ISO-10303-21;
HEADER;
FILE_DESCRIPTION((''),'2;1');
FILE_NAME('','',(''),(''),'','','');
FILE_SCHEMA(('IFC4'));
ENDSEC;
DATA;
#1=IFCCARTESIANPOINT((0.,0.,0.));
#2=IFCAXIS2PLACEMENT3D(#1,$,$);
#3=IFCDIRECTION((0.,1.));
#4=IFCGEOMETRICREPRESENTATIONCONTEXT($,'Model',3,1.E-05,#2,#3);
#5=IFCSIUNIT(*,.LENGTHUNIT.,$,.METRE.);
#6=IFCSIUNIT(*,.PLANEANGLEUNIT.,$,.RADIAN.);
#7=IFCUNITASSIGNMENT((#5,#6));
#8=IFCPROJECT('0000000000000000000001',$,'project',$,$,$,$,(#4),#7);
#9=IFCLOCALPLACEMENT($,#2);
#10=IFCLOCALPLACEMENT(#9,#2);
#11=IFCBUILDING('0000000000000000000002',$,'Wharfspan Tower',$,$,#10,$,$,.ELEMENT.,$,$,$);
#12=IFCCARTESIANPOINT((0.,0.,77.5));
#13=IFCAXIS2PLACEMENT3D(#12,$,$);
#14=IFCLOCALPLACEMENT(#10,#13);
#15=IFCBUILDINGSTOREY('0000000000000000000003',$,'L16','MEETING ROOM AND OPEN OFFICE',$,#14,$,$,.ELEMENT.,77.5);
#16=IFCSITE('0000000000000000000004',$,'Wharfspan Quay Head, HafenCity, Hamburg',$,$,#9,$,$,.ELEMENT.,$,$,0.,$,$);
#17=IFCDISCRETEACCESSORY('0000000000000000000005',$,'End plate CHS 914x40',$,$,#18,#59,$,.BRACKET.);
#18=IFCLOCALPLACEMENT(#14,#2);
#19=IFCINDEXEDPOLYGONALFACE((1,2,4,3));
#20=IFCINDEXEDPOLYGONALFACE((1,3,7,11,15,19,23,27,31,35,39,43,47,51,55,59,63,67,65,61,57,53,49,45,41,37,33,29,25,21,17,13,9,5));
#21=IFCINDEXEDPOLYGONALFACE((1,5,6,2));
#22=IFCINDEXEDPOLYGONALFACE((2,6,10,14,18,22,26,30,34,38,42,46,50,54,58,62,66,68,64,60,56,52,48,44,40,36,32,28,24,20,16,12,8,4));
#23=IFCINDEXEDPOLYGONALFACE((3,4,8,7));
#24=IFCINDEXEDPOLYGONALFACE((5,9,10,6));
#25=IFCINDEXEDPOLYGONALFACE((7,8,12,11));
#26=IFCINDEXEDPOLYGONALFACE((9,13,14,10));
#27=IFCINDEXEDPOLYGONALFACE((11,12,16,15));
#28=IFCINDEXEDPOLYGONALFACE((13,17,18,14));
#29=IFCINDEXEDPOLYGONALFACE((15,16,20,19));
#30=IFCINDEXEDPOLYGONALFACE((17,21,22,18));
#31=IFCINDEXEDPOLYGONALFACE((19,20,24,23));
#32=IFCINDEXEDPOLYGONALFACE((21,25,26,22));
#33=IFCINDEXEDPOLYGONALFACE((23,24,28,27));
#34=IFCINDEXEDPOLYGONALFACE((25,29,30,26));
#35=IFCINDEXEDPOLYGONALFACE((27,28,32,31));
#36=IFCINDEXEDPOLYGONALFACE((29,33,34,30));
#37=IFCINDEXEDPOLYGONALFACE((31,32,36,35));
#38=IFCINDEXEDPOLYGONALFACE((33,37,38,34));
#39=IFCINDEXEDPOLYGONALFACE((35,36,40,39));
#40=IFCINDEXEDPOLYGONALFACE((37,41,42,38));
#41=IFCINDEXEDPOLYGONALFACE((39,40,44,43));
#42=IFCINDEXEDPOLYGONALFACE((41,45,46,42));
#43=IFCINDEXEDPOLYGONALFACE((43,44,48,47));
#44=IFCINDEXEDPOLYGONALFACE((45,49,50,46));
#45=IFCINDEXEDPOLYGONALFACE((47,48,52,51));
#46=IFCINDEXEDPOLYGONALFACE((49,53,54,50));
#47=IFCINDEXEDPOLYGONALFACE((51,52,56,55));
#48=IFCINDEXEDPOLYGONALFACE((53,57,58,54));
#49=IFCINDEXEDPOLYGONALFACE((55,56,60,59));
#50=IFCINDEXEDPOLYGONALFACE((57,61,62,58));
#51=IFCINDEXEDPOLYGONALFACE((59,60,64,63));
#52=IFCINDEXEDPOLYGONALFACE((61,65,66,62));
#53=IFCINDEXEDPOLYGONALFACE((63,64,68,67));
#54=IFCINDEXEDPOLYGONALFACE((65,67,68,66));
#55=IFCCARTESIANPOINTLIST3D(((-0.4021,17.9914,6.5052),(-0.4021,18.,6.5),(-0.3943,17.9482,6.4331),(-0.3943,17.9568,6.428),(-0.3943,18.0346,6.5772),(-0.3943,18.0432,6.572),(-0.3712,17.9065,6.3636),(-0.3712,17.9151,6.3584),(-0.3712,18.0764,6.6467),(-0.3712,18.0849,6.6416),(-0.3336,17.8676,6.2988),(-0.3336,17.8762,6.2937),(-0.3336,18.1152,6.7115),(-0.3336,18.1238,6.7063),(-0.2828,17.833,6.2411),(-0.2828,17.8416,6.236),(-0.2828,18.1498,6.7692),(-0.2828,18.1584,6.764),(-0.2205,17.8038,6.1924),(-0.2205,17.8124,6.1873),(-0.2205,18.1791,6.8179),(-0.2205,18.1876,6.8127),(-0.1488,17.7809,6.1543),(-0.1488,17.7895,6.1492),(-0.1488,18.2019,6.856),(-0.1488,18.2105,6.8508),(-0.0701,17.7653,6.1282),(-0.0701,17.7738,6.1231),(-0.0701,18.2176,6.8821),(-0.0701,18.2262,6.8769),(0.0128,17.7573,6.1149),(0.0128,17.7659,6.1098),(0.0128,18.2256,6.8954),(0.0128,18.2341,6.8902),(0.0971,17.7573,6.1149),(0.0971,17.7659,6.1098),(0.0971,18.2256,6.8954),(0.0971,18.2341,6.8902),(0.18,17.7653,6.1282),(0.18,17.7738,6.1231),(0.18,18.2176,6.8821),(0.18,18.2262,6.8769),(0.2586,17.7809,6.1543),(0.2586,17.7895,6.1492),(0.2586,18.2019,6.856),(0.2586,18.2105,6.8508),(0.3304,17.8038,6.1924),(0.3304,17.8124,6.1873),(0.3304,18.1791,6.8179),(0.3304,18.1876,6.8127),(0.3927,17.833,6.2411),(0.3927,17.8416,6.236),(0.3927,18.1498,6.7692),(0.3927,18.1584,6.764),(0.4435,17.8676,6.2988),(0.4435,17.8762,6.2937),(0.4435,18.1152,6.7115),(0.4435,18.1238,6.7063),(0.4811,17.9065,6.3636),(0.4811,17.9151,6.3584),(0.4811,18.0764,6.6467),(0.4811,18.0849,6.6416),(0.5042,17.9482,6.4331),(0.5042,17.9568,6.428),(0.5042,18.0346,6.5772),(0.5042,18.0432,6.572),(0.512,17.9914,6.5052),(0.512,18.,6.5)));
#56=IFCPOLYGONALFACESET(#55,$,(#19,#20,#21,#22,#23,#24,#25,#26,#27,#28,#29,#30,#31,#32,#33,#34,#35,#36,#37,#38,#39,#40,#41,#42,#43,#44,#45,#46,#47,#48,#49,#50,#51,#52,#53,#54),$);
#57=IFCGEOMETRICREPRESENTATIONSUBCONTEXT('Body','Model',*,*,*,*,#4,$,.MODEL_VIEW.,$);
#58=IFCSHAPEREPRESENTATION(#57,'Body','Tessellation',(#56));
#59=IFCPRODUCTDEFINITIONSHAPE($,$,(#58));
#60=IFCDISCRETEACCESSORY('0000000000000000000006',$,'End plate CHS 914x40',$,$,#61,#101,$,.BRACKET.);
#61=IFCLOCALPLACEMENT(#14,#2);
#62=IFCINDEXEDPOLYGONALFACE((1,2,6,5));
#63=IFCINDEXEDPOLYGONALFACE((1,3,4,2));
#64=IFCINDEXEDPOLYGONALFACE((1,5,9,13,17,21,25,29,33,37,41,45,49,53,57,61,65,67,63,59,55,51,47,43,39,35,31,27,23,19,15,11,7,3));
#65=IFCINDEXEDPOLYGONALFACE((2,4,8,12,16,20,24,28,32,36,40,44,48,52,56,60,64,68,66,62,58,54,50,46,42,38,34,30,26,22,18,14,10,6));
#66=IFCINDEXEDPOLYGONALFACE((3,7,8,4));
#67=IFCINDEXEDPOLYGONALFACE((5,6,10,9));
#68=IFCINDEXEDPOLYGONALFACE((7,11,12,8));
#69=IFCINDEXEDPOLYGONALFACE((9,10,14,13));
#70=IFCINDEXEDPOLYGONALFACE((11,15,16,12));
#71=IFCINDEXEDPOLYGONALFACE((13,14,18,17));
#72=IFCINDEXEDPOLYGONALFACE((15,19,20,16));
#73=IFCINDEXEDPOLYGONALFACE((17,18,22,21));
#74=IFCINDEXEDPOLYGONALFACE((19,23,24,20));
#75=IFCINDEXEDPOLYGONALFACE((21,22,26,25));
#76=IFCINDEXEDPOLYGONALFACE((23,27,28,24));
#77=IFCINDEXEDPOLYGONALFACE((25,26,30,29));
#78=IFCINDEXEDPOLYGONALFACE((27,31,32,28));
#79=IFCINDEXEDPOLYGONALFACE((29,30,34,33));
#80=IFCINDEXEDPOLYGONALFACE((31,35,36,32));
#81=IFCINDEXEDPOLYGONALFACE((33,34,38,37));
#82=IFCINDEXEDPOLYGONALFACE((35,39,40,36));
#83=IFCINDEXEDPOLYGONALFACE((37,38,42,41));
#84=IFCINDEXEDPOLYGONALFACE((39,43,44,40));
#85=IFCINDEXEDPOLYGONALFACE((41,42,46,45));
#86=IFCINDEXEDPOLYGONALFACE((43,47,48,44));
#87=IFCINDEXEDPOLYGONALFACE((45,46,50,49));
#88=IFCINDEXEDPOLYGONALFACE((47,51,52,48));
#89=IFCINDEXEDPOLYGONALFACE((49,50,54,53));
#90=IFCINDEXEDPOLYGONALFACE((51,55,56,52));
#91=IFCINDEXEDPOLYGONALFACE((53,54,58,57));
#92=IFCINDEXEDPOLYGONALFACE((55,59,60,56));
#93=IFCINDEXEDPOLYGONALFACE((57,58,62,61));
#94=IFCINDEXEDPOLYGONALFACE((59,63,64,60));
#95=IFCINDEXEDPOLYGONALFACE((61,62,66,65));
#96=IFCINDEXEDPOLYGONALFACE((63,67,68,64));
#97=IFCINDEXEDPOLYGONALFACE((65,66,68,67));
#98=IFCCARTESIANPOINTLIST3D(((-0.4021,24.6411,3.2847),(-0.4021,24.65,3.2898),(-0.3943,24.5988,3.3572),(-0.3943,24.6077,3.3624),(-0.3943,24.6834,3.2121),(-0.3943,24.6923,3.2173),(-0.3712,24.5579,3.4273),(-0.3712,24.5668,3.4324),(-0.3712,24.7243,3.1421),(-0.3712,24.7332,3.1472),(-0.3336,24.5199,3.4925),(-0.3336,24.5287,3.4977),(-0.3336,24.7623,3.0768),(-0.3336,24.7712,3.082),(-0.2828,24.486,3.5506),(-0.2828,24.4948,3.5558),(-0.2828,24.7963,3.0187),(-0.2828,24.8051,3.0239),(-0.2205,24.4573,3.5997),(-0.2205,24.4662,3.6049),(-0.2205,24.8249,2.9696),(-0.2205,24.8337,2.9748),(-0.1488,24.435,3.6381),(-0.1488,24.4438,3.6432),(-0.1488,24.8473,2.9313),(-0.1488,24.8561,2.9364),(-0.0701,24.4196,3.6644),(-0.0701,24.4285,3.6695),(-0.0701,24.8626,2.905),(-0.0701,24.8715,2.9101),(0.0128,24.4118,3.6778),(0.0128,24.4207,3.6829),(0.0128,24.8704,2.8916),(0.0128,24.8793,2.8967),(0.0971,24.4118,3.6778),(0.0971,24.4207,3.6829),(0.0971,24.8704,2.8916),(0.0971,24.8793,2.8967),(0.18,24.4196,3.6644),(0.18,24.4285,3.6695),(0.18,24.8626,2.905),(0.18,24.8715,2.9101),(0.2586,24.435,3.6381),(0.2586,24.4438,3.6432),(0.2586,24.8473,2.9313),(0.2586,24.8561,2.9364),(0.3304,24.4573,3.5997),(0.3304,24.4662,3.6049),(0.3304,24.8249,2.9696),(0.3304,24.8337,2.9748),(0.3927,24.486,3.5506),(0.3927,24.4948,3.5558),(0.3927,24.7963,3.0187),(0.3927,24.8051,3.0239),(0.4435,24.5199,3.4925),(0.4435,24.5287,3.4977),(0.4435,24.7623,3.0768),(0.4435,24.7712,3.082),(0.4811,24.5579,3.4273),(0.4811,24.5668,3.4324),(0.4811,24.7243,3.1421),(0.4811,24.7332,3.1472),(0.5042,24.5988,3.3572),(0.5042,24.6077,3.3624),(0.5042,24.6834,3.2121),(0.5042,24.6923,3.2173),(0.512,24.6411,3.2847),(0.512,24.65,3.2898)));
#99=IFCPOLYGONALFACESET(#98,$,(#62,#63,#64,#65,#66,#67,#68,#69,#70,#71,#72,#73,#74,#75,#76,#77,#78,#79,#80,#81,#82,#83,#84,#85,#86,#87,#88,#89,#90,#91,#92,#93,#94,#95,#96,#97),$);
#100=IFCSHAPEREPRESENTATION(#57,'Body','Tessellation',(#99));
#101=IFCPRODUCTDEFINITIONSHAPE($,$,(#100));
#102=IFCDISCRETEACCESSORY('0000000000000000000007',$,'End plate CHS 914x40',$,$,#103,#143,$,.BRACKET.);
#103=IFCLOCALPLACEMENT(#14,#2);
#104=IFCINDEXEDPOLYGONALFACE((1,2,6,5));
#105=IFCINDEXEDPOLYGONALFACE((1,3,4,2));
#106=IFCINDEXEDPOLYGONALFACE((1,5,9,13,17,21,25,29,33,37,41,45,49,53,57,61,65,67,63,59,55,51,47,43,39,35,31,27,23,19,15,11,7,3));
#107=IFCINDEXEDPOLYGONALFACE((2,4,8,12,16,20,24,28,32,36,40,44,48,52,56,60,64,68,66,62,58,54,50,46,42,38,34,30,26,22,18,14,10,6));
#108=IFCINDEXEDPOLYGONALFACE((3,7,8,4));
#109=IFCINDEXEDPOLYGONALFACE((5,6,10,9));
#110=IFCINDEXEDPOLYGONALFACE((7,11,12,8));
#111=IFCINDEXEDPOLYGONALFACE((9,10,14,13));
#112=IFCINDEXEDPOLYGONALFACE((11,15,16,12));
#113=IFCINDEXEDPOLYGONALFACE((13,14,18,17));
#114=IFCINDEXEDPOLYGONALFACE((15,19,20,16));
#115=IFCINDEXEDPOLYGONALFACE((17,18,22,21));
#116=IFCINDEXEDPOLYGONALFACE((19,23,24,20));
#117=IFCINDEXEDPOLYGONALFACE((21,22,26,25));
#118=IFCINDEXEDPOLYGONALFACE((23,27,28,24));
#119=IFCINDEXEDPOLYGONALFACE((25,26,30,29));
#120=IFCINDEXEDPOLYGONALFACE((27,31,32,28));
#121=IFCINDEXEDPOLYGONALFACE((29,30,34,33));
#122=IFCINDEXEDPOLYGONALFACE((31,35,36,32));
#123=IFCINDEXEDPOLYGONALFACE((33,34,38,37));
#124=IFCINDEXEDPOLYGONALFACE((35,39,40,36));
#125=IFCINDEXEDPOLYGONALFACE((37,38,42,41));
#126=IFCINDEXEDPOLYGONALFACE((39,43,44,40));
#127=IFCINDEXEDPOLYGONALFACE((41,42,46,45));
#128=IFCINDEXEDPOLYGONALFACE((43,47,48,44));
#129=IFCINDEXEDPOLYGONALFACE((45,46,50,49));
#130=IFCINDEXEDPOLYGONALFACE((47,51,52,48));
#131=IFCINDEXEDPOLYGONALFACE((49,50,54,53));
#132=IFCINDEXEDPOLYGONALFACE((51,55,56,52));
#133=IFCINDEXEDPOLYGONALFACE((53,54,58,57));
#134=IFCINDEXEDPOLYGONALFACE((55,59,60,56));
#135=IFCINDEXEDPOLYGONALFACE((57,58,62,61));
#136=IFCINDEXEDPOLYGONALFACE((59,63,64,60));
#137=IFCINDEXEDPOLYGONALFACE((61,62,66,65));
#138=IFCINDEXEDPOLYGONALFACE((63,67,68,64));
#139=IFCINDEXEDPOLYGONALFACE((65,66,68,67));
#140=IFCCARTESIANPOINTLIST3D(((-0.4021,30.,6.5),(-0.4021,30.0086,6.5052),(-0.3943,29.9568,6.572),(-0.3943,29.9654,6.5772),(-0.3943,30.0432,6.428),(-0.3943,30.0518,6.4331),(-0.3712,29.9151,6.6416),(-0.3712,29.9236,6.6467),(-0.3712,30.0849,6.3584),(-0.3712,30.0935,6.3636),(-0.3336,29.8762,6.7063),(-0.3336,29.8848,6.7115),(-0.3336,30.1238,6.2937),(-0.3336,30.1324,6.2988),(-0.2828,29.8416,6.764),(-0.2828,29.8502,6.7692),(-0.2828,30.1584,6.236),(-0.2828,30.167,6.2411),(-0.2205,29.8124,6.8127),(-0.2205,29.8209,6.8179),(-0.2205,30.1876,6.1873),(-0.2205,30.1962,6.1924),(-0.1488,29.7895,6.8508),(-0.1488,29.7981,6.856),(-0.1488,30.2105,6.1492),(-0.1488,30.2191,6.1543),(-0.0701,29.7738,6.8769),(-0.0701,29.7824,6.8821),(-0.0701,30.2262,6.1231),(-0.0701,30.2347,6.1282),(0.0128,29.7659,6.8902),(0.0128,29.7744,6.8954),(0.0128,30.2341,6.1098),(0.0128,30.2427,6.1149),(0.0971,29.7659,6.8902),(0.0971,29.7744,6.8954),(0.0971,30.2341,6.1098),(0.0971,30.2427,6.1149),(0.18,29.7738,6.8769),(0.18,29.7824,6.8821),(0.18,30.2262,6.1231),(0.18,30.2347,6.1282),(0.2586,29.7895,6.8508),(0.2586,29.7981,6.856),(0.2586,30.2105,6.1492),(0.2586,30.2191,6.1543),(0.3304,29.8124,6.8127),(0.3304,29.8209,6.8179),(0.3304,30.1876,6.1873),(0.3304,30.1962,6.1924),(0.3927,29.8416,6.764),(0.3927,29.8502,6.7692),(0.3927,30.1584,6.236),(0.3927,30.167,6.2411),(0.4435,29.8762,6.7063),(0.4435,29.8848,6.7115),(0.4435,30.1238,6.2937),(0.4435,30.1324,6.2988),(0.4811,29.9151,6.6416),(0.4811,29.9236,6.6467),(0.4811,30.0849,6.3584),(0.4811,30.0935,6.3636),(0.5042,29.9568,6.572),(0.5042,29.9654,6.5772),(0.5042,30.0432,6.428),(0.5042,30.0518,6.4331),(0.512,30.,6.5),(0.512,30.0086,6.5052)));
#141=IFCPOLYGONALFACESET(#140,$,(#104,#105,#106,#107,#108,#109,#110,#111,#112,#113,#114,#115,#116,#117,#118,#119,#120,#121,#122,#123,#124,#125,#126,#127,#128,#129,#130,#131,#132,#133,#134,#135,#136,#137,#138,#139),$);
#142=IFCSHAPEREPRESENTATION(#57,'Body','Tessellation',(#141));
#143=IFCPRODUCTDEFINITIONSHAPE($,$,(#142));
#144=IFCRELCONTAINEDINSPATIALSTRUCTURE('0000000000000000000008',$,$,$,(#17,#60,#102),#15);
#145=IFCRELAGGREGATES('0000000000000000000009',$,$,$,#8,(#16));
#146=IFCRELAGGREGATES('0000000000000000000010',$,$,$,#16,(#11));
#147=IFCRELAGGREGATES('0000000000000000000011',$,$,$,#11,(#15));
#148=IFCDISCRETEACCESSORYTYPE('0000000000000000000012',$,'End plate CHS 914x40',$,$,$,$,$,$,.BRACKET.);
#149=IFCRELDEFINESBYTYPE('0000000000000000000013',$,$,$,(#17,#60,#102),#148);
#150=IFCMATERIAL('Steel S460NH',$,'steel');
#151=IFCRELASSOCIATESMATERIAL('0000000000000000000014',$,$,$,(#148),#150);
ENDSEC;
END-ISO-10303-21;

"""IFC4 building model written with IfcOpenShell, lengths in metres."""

from ifc_helpers import new_model, si_unit, direction, frame, origin, origin_2d, place, context, subcontext, project, spatial, circle, extrude, material, material_profile, profile_set, type_object, element, save


model = new_model("IFC4")

# Units and contexts
model_context = context("Model", 3, precision=1e-05, world=origin(), true_north=direction((0.0, 1.0)))
body_context = subcontext(model_context, "Body", "Model", "MODEL_VIEW")
ifc_project = project(units=[si_unit("LENGTHUNIT", "METRE"), si_unit("PLANEANGLEUNIT", "RADIAN")], contexts=[model_context])

# Site, building, storey
site_placement = place(None, origin())
site = spatial("IfcSite", under=ifc_project, at=site_placement, Name="Wharfspan Quay Head, HafenCity, Hamburg", CompositionType="ELEMENT", RefElevation=0.0)
building_placement = place(site_placement, origin())
building = spatial("IfcBuilding", under=site, at=building_placement, Name="Wharfspan Tower", CompositionType="ELEMENT")
storey_placement = place(building_placement, frame((0.0, 0.0, 77.5)))
storey = spatial("IfcBuildingStorey", under=building, at=storey_placement, Name="L16", Description="MEETING ROOM AND OPEN OFFICE", CompositionType="ELEMENT", Elevation=77.5)

# Shared definitions
ifc_material_1 = material(Name="Steel S460NH", Category="steel")

# Discrete accessories
ifc_material_profile_1 = material_profile(ifc_material_1, circle(Radius=0.457, at=origin_2d()))
ifc_profile_set_1 = profile_set([ifc_material_profile_1], Name="Steel S460NH")
discrete_accessory_type = type_object("IfcDiscreteAccessoryType", Name="End plate CHS 914x40", PredefinedType="BRACKET", material=ifc_profile_set_1)
discrete_accessory_1_placement = place(storey_placement, frame((0.0549, 18.0, 6.5), z_axis=(0.0, -0.857493, 0.514496), x_axis=(1.0, 0.0, 0.0)))
element("IfcDiscreteAccessory", 1, at=discrete_accessory_1_placement, inside=storey, type_object=discrete_accessory_type, Name="End plate CHS 914x40", PredefinedType="BRACKET", context=body_context, shape_type="SweptSolid", body=[
    extrude(circle(Radius=0.457, at=origin_2d()), origin(), (0.0, 0.0, 1.0), 0.01),
])
discrete_accessory_2_placement = place(storey_placement, frame((0.0549, 24.6411, 3.2847), z_axis=(0.0, 0.863779, 0.503871), x_axis=(-1.0, 0.0, 0.0)))
element("IfcDiscreteAccessory", 2, at=discrete_accessory_2_placement, inside=storey, type_object=discrete_accessory_type, Name="End plate CHS 914x40", PredefinedType="BRACKET", context=body_context, shape_type="SweptSolid", body=[
    extrude(circle(Radius=0.457, at=origin_2d()), origin(), (0.0, 0.0, 1.0), 0.0103),
])
discrete_accessory_3_placement = place(storey_placement, frame((0.0549, 30.0, 6.5), z_axis=(0.0, 0.857493, 0.514496), x_axis=(-1.0, 0.0, 0.0)))
element("IfcDiscreteAccessory", 3, at=discrete_accessory_3_placement, inside=storey, type_object=discrete_accessory_type, Name="End plate CHS 914x40", PredefinedType="BRACKET", context=body_context, shape_type="SweptSolid", body=[
    extrude(circle(Radius=0.457, at=origin_2d()), origin(), (0.0, 0.0, 1.0), 0.01),
])

save(model, "model.ifc")
